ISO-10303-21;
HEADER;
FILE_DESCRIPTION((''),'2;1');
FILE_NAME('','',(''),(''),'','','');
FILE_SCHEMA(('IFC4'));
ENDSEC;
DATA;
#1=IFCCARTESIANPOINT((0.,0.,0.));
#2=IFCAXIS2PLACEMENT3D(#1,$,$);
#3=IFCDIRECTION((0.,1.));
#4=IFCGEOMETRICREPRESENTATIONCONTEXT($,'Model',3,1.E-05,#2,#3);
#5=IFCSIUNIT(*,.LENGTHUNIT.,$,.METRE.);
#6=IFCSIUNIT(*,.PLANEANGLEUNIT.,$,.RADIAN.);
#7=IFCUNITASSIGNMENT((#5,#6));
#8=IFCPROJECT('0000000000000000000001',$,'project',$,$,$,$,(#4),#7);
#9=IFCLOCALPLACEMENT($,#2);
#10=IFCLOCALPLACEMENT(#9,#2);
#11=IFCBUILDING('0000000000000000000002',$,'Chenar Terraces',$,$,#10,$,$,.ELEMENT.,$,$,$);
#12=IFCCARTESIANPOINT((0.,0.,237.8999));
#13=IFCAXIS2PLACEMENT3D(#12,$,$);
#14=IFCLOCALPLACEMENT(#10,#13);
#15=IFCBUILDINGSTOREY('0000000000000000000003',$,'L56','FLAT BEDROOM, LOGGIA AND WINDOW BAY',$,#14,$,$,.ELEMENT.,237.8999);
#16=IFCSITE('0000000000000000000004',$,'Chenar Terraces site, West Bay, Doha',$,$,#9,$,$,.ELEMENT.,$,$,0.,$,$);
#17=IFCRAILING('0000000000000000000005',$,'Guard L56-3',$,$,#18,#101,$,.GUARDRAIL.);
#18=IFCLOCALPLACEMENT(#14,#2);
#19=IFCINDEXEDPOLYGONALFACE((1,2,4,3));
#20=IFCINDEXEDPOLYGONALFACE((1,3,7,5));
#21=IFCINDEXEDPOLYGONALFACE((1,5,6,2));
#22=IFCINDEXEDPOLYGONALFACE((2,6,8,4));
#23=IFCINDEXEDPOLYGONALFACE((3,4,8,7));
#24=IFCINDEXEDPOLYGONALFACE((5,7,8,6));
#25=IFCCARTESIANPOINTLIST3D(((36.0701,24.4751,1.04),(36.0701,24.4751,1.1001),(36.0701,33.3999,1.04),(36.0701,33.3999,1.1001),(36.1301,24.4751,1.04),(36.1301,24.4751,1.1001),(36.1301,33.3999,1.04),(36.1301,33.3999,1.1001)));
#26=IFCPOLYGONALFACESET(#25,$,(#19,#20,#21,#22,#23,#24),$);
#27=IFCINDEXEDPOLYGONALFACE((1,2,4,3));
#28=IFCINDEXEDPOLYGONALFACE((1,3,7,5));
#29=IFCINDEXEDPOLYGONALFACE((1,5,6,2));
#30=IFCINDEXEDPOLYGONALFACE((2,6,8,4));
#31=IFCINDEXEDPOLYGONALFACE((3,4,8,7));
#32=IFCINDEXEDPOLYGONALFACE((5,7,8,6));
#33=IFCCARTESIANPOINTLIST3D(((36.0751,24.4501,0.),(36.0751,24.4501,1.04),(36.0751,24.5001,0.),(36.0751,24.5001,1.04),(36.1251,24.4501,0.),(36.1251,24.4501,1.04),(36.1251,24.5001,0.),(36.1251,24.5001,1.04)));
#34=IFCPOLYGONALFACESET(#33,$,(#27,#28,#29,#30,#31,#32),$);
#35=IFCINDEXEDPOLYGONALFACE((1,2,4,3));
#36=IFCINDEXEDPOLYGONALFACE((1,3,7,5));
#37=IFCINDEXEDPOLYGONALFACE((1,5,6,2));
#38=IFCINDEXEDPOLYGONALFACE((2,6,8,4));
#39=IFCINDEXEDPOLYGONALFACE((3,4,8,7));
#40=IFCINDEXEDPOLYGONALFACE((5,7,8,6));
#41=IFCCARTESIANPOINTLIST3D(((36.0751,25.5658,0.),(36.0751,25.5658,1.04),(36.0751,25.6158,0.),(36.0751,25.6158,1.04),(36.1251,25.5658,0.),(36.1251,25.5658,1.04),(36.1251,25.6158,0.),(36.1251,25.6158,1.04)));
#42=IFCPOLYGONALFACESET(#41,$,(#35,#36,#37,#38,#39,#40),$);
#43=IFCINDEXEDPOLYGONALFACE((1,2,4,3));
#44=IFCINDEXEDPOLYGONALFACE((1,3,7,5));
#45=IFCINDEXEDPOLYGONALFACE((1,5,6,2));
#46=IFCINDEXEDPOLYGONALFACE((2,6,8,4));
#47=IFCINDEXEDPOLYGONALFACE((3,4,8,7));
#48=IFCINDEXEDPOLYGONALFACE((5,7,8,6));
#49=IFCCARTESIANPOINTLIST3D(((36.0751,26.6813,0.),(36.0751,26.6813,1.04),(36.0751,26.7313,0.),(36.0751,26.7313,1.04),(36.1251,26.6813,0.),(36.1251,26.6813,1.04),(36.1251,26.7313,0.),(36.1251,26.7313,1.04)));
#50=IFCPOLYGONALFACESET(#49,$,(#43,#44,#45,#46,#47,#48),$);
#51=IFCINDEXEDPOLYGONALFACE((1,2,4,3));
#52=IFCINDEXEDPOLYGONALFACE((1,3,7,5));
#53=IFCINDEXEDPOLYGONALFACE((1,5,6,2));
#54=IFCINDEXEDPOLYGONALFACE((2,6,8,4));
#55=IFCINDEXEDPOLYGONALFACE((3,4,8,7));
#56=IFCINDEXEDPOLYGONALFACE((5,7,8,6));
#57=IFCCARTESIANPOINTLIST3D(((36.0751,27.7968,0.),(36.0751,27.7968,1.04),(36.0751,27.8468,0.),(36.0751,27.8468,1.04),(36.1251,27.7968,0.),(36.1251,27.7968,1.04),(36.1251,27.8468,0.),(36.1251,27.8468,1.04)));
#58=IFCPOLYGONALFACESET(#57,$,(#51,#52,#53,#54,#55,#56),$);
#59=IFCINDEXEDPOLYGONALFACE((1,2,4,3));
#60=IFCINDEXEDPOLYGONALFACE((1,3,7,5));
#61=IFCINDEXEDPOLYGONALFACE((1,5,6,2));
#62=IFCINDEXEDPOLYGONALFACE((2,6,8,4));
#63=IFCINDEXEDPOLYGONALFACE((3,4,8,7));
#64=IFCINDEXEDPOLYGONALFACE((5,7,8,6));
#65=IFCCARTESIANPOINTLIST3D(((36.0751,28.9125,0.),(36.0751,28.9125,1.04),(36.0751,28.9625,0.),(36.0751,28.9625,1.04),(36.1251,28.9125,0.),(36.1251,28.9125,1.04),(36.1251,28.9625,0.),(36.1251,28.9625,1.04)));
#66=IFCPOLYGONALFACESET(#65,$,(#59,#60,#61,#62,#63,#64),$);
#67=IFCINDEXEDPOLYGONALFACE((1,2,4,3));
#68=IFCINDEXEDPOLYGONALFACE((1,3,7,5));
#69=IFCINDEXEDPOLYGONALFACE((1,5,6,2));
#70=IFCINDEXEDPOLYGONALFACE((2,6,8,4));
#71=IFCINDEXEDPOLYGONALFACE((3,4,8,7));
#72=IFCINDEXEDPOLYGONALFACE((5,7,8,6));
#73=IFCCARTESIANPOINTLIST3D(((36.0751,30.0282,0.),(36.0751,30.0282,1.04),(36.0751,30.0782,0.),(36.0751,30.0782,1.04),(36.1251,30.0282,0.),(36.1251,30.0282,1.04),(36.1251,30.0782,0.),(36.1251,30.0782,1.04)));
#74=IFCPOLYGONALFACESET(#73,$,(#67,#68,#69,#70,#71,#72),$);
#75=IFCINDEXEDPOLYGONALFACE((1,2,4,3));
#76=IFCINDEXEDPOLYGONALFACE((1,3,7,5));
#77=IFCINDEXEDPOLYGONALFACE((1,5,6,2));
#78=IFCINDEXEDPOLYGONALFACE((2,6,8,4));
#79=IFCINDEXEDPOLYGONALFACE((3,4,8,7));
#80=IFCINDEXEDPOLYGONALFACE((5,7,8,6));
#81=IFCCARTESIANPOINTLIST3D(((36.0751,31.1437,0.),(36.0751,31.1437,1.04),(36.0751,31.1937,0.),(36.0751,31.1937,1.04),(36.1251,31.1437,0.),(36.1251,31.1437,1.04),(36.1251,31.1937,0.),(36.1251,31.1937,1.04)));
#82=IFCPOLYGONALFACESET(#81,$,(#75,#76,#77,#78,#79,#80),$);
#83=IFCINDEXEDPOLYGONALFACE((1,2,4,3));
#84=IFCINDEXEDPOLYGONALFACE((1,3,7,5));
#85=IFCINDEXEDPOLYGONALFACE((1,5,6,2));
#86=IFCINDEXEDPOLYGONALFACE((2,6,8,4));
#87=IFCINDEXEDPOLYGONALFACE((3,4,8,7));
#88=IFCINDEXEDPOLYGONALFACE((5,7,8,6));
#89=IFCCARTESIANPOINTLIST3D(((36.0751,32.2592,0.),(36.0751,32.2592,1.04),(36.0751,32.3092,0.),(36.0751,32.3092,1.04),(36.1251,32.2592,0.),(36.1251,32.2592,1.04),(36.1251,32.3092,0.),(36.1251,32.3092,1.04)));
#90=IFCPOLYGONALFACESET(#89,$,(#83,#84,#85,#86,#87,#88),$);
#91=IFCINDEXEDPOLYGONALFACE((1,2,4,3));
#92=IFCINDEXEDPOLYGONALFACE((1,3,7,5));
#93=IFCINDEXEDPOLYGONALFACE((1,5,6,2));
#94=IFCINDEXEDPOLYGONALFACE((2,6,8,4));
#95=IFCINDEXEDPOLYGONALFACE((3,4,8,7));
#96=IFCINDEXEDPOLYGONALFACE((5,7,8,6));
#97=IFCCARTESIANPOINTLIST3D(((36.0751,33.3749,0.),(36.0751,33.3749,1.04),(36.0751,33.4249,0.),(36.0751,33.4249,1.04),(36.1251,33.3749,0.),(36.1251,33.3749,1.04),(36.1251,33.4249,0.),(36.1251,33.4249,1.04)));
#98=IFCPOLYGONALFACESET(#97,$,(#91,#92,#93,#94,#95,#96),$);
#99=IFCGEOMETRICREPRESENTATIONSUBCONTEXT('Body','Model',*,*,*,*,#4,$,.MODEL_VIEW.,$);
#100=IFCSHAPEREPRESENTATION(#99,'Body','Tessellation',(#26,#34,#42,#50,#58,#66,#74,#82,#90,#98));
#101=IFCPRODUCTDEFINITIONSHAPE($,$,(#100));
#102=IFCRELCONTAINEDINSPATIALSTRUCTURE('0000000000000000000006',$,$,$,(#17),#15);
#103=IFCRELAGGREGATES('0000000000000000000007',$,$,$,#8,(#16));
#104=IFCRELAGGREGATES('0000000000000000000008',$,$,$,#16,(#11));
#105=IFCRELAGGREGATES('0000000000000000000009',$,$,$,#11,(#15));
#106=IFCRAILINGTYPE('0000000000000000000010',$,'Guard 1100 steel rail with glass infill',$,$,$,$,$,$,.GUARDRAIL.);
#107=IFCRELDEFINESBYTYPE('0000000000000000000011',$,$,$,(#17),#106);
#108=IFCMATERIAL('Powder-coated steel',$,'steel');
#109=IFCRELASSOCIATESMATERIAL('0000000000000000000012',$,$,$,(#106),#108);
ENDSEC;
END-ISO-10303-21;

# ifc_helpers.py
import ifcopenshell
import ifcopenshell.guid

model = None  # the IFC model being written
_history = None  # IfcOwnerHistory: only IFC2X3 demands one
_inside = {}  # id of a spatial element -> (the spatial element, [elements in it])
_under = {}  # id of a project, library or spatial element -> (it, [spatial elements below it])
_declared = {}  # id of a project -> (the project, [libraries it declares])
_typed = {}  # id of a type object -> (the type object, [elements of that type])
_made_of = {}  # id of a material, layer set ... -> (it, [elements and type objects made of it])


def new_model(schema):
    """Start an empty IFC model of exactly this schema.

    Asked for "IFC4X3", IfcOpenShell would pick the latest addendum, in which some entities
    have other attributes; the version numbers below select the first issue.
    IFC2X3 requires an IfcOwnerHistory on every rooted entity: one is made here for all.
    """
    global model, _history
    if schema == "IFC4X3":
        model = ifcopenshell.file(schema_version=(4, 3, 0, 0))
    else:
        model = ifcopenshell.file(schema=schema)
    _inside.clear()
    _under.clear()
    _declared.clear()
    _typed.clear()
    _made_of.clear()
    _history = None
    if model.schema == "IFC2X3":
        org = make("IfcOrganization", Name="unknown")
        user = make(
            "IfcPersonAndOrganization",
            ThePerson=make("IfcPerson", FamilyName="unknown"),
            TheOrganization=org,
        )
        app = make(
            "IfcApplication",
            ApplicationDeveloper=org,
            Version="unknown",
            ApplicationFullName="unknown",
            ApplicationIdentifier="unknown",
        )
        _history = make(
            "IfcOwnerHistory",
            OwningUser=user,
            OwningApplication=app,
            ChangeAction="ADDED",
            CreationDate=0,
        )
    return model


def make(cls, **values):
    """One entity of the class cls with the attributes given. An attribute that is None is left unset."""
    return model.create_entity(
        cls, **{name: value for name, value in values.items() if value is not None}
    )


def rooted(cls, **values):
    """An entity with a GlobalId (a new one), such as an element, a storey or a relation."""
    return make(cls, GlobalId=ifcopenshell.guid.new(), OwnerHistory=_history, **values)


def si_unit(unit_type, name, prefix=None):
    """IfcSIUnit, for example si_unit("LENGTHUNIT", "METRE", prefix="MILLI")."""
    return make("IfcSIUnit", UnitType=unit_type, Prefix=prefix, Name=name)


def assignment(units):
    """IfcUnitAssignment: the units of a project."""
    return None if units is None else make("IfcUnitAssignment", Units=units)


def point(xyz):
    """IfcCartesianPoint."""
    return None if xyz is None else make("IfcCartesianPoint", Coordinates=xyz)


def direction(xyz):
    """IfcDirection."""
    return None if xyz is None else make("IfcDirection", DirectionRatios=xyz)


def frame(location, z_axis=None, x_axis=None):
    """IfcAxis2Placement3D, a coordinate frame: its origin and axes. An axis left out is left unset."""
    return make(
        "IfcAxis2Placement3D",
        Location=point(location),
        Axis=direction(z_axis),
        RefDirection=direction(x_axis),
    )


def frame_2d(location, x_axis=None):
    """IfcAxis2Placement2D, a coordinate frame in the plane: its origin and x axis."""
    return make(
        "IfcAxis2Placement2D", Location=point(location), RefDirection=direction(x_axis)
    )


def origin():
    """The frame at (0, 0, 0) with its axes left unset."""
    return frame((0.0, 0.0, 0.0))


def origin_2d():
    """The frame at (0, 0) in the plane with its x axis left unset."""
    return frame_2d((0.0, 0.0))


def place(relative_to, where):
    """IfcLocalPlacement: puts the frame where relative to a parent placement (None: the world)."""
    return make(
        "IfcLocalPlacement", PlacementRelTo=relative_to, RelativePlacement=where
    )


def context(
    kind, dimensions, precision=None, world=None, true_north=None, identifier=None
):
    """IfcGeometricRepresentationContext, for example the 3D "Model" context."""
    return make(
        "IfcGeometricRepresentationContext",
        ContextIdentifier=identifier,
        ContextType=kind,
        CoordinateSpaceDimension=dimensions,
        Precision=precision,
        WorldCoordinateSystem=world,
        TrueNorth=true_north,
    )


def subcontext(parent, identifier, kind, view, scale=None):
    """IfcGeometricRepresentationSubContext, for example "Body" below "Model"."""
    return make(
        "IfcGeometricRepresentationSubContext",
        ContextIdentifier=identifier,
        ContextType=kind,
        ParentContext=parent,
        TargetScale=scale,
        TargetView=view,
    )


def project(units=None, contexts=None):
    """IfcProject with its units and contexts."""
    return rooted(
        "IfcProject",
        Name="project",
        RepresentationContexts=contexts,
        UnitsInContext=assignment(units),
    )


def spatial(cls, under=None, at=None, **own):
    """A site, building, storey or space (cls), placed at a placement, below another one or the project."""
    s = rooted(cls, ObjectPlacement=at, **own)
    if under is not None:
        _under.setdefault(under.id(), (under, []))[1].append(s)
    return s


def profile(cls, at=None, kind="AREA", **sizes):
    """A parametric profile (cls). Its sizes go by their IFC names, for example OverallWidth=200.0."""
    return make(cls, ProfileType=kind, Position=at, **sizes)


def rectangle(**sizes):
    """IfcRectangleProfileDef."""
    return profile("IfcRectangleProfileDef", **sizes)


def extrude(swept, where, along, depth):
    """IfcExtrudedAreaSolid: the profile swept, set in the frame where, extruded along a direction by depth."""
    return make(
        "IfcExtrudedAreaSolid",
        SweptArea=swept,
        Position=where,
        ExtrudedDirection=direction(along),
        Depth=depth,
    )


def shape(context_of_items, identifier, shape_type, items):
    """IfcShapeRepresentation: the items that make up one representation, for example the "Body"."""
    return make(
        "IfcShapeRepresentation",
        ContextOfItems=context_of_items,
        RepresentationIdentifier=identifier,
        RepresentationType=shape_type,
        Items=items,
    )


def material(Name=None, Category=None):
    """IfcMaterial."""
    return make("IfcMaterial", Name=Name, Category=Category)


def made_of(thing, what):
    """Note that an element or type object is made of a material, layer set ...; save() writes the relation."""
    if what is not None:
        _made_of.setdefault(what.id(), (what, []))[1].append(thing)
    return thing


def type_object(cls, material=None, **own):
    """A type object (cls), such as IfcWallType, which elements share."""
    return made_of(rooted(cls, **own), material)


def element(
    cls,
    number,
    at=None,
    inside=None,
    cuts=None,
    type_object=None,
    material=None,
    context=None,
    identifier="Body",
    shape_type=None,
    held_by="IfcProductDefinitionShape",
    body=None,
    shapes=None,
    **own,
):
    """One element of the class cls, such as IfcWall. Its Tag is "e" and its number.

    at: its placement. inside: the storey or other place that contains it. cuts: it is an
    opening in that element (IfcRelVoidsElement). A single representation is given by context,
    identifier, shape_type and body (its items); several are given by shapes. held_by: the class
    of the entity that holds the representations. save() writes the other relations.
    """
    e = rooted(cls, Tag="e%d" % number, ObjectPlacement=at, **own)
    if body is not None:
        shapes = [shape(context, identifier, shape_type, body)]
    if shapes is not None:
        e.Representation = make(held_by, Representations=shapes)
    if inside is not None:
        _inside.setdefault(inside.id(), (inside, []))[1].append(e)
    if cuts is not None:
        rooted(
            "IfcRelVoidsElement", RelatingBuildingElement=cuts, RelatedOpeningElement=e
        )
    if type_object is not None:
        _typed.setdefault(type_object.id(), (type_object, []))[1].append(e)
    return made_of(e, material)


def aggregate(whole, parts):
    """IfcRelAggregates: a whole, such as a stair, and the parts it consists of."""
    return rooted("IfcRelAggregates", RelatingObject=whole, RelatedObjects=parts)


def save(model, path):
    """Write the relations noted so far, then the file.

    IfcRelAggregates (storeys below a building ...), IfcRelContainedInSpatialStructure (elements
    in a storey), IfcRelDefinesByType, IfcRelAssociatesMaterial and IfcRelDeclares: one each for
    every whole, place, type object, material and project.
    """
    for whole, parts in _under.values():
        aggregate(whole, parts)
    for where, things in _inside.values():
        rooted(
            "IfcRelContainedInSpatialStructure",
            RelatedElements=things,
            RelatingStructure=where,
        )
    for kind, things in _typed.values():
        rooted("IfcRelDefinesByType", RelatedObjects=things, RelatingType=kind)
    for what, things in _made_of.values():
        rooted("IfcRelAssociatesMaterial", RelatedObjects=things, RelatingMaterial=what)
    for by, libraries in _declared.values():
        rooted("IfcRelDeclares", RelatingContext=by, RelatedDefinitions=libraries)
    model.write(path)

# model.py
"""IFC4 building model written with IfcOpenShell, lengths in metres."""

from ifc_helpers import new_model, si_unit, direction, frame, origin, origin_2d, place, context, subcontext, project, spatial, rectangle, extrude, material, type_object, element, save


model = new_model("IFC4")

# Units and contexts
model_context = context("Model", 3, precision=1e-05, world=origin(), true_north=direction((0.0, 1.0)))
body_context = subcontext(model_context, "Body", "Model", "MODEL_VIEW")
ifc_project = project(units=[si_unit("LENGTHUNIT", "METRE"), si_unit("PLANEANGLEUNIT", "RADIAN")], contexts=[model_context])

# Site, building, storey
site_placement = place(None, origin())
site = spatial("IfcSite", under=ifc_project, at=site_placement, Name="Chenar Terraces site, West Bay, Doha", CompositionType="ELEMENT", RefElevation=0.0)
building_placement = place(site_placement, origin())
building = spatial("IfcBuilding", under=site, at=building_placement, Name="Chenar Terraces", CompositionType="ELEMENT")
storey_placement = place(building_placement, frame((0.0, 0.0, 237.8999)))
storey = spatial("IfcBuildingStorey", under=building, at=storey_placement, Name="L56", Description="FLAT BEDROOM, LOGGIA AND WINDOW BAY", CompositionType="ELEMENT", Elevation=237.8999)

# Railing
ifc_material_1 = material(Name="Powder-coated steel", Category="steel")
railing_type = type_object("IfcRailingType", Name="Guard 1100 steel rail with glass infill", PredefinedType="GUARDRAIL", material=ifc_material_1)
railing_placement = place(storey_placement, frame((36.1001, 24.4751, 0.0)))
element("IfcRailing", 1, at=railing_placement, inside=storey, type_object=railing_type, Name="Guard L56-3", PredefinedType="GUARDRAIL", context=body_context, shape_type="SweptSolid", body=[
    extrude(rectangle(XDim=0.0601, YDim=0.0601, at=origin_2d()), frame((0.0, 0.0, 1.0701), z_axis=(0.0, 1.0, 0.0), x_axis=(-1.0, 0.0, 0.0)), (0.0, 0.0, 1.0), 8.9248),
    extrude(rectangle(XDim=0.05, YDim=0.05, at=origin_2d()), origin(), (0.0, 0.0, 1.0), 1.04),
    extrude(rectangle(XDim=0.05, YDim=0.05, at=origin_2d()), frame((0.0, 1.1157, 0.0)), (0.0, 0.0, 1.0), 1.04),
    extrude(rectangle(XDim=0.05, YDim=0.05, at=origin_2d()), frame((0.0, 2.2312, 0.0)), (0.0, 0.0, 1.0), 1.04),
    extrude(rectangle(XDim=0.05, YDim=0.05, at=origin_2d()), frame((0.0, 3.3467, 0.0)), (0.0, 0.0, 1.0), 1.04),
    extrude(rectangle(XDim=0.05, YDim=0.05, at=origin_2d()), frame((0.0, 4.4624, 0.0)), (0.0, 0.0, 1.0), 1.04),
    extrude(rectangle(XDim=0.05, YDim=0.05, at=origin_2d()), frame((0.0, 5.5781, 0.0)), (0.0, 0.0, 1.0), 1.04),
    extrude(rectangle(XDim=0.05, YDim=0.05, at=origin_2d()), frame((0.0, 6.6936, 0.0)), (0.0, 0.0, 1.0), 1.04),
    extrude(rectangle(XDim=0.05, YDim=0.05, at=origin_2d()), frame((0.0, 7.8091, 0.0)), (0.0, 0.0, 1.0), 1.04),
    extrude(rectangle(XDim=0.05, YDim=0.05, at=origin_2d()), frame((0.0, 8.9248, 0.0)), (0.0, 0.0, 1.0), 1.04),
])

save(model, "model.ifc")
